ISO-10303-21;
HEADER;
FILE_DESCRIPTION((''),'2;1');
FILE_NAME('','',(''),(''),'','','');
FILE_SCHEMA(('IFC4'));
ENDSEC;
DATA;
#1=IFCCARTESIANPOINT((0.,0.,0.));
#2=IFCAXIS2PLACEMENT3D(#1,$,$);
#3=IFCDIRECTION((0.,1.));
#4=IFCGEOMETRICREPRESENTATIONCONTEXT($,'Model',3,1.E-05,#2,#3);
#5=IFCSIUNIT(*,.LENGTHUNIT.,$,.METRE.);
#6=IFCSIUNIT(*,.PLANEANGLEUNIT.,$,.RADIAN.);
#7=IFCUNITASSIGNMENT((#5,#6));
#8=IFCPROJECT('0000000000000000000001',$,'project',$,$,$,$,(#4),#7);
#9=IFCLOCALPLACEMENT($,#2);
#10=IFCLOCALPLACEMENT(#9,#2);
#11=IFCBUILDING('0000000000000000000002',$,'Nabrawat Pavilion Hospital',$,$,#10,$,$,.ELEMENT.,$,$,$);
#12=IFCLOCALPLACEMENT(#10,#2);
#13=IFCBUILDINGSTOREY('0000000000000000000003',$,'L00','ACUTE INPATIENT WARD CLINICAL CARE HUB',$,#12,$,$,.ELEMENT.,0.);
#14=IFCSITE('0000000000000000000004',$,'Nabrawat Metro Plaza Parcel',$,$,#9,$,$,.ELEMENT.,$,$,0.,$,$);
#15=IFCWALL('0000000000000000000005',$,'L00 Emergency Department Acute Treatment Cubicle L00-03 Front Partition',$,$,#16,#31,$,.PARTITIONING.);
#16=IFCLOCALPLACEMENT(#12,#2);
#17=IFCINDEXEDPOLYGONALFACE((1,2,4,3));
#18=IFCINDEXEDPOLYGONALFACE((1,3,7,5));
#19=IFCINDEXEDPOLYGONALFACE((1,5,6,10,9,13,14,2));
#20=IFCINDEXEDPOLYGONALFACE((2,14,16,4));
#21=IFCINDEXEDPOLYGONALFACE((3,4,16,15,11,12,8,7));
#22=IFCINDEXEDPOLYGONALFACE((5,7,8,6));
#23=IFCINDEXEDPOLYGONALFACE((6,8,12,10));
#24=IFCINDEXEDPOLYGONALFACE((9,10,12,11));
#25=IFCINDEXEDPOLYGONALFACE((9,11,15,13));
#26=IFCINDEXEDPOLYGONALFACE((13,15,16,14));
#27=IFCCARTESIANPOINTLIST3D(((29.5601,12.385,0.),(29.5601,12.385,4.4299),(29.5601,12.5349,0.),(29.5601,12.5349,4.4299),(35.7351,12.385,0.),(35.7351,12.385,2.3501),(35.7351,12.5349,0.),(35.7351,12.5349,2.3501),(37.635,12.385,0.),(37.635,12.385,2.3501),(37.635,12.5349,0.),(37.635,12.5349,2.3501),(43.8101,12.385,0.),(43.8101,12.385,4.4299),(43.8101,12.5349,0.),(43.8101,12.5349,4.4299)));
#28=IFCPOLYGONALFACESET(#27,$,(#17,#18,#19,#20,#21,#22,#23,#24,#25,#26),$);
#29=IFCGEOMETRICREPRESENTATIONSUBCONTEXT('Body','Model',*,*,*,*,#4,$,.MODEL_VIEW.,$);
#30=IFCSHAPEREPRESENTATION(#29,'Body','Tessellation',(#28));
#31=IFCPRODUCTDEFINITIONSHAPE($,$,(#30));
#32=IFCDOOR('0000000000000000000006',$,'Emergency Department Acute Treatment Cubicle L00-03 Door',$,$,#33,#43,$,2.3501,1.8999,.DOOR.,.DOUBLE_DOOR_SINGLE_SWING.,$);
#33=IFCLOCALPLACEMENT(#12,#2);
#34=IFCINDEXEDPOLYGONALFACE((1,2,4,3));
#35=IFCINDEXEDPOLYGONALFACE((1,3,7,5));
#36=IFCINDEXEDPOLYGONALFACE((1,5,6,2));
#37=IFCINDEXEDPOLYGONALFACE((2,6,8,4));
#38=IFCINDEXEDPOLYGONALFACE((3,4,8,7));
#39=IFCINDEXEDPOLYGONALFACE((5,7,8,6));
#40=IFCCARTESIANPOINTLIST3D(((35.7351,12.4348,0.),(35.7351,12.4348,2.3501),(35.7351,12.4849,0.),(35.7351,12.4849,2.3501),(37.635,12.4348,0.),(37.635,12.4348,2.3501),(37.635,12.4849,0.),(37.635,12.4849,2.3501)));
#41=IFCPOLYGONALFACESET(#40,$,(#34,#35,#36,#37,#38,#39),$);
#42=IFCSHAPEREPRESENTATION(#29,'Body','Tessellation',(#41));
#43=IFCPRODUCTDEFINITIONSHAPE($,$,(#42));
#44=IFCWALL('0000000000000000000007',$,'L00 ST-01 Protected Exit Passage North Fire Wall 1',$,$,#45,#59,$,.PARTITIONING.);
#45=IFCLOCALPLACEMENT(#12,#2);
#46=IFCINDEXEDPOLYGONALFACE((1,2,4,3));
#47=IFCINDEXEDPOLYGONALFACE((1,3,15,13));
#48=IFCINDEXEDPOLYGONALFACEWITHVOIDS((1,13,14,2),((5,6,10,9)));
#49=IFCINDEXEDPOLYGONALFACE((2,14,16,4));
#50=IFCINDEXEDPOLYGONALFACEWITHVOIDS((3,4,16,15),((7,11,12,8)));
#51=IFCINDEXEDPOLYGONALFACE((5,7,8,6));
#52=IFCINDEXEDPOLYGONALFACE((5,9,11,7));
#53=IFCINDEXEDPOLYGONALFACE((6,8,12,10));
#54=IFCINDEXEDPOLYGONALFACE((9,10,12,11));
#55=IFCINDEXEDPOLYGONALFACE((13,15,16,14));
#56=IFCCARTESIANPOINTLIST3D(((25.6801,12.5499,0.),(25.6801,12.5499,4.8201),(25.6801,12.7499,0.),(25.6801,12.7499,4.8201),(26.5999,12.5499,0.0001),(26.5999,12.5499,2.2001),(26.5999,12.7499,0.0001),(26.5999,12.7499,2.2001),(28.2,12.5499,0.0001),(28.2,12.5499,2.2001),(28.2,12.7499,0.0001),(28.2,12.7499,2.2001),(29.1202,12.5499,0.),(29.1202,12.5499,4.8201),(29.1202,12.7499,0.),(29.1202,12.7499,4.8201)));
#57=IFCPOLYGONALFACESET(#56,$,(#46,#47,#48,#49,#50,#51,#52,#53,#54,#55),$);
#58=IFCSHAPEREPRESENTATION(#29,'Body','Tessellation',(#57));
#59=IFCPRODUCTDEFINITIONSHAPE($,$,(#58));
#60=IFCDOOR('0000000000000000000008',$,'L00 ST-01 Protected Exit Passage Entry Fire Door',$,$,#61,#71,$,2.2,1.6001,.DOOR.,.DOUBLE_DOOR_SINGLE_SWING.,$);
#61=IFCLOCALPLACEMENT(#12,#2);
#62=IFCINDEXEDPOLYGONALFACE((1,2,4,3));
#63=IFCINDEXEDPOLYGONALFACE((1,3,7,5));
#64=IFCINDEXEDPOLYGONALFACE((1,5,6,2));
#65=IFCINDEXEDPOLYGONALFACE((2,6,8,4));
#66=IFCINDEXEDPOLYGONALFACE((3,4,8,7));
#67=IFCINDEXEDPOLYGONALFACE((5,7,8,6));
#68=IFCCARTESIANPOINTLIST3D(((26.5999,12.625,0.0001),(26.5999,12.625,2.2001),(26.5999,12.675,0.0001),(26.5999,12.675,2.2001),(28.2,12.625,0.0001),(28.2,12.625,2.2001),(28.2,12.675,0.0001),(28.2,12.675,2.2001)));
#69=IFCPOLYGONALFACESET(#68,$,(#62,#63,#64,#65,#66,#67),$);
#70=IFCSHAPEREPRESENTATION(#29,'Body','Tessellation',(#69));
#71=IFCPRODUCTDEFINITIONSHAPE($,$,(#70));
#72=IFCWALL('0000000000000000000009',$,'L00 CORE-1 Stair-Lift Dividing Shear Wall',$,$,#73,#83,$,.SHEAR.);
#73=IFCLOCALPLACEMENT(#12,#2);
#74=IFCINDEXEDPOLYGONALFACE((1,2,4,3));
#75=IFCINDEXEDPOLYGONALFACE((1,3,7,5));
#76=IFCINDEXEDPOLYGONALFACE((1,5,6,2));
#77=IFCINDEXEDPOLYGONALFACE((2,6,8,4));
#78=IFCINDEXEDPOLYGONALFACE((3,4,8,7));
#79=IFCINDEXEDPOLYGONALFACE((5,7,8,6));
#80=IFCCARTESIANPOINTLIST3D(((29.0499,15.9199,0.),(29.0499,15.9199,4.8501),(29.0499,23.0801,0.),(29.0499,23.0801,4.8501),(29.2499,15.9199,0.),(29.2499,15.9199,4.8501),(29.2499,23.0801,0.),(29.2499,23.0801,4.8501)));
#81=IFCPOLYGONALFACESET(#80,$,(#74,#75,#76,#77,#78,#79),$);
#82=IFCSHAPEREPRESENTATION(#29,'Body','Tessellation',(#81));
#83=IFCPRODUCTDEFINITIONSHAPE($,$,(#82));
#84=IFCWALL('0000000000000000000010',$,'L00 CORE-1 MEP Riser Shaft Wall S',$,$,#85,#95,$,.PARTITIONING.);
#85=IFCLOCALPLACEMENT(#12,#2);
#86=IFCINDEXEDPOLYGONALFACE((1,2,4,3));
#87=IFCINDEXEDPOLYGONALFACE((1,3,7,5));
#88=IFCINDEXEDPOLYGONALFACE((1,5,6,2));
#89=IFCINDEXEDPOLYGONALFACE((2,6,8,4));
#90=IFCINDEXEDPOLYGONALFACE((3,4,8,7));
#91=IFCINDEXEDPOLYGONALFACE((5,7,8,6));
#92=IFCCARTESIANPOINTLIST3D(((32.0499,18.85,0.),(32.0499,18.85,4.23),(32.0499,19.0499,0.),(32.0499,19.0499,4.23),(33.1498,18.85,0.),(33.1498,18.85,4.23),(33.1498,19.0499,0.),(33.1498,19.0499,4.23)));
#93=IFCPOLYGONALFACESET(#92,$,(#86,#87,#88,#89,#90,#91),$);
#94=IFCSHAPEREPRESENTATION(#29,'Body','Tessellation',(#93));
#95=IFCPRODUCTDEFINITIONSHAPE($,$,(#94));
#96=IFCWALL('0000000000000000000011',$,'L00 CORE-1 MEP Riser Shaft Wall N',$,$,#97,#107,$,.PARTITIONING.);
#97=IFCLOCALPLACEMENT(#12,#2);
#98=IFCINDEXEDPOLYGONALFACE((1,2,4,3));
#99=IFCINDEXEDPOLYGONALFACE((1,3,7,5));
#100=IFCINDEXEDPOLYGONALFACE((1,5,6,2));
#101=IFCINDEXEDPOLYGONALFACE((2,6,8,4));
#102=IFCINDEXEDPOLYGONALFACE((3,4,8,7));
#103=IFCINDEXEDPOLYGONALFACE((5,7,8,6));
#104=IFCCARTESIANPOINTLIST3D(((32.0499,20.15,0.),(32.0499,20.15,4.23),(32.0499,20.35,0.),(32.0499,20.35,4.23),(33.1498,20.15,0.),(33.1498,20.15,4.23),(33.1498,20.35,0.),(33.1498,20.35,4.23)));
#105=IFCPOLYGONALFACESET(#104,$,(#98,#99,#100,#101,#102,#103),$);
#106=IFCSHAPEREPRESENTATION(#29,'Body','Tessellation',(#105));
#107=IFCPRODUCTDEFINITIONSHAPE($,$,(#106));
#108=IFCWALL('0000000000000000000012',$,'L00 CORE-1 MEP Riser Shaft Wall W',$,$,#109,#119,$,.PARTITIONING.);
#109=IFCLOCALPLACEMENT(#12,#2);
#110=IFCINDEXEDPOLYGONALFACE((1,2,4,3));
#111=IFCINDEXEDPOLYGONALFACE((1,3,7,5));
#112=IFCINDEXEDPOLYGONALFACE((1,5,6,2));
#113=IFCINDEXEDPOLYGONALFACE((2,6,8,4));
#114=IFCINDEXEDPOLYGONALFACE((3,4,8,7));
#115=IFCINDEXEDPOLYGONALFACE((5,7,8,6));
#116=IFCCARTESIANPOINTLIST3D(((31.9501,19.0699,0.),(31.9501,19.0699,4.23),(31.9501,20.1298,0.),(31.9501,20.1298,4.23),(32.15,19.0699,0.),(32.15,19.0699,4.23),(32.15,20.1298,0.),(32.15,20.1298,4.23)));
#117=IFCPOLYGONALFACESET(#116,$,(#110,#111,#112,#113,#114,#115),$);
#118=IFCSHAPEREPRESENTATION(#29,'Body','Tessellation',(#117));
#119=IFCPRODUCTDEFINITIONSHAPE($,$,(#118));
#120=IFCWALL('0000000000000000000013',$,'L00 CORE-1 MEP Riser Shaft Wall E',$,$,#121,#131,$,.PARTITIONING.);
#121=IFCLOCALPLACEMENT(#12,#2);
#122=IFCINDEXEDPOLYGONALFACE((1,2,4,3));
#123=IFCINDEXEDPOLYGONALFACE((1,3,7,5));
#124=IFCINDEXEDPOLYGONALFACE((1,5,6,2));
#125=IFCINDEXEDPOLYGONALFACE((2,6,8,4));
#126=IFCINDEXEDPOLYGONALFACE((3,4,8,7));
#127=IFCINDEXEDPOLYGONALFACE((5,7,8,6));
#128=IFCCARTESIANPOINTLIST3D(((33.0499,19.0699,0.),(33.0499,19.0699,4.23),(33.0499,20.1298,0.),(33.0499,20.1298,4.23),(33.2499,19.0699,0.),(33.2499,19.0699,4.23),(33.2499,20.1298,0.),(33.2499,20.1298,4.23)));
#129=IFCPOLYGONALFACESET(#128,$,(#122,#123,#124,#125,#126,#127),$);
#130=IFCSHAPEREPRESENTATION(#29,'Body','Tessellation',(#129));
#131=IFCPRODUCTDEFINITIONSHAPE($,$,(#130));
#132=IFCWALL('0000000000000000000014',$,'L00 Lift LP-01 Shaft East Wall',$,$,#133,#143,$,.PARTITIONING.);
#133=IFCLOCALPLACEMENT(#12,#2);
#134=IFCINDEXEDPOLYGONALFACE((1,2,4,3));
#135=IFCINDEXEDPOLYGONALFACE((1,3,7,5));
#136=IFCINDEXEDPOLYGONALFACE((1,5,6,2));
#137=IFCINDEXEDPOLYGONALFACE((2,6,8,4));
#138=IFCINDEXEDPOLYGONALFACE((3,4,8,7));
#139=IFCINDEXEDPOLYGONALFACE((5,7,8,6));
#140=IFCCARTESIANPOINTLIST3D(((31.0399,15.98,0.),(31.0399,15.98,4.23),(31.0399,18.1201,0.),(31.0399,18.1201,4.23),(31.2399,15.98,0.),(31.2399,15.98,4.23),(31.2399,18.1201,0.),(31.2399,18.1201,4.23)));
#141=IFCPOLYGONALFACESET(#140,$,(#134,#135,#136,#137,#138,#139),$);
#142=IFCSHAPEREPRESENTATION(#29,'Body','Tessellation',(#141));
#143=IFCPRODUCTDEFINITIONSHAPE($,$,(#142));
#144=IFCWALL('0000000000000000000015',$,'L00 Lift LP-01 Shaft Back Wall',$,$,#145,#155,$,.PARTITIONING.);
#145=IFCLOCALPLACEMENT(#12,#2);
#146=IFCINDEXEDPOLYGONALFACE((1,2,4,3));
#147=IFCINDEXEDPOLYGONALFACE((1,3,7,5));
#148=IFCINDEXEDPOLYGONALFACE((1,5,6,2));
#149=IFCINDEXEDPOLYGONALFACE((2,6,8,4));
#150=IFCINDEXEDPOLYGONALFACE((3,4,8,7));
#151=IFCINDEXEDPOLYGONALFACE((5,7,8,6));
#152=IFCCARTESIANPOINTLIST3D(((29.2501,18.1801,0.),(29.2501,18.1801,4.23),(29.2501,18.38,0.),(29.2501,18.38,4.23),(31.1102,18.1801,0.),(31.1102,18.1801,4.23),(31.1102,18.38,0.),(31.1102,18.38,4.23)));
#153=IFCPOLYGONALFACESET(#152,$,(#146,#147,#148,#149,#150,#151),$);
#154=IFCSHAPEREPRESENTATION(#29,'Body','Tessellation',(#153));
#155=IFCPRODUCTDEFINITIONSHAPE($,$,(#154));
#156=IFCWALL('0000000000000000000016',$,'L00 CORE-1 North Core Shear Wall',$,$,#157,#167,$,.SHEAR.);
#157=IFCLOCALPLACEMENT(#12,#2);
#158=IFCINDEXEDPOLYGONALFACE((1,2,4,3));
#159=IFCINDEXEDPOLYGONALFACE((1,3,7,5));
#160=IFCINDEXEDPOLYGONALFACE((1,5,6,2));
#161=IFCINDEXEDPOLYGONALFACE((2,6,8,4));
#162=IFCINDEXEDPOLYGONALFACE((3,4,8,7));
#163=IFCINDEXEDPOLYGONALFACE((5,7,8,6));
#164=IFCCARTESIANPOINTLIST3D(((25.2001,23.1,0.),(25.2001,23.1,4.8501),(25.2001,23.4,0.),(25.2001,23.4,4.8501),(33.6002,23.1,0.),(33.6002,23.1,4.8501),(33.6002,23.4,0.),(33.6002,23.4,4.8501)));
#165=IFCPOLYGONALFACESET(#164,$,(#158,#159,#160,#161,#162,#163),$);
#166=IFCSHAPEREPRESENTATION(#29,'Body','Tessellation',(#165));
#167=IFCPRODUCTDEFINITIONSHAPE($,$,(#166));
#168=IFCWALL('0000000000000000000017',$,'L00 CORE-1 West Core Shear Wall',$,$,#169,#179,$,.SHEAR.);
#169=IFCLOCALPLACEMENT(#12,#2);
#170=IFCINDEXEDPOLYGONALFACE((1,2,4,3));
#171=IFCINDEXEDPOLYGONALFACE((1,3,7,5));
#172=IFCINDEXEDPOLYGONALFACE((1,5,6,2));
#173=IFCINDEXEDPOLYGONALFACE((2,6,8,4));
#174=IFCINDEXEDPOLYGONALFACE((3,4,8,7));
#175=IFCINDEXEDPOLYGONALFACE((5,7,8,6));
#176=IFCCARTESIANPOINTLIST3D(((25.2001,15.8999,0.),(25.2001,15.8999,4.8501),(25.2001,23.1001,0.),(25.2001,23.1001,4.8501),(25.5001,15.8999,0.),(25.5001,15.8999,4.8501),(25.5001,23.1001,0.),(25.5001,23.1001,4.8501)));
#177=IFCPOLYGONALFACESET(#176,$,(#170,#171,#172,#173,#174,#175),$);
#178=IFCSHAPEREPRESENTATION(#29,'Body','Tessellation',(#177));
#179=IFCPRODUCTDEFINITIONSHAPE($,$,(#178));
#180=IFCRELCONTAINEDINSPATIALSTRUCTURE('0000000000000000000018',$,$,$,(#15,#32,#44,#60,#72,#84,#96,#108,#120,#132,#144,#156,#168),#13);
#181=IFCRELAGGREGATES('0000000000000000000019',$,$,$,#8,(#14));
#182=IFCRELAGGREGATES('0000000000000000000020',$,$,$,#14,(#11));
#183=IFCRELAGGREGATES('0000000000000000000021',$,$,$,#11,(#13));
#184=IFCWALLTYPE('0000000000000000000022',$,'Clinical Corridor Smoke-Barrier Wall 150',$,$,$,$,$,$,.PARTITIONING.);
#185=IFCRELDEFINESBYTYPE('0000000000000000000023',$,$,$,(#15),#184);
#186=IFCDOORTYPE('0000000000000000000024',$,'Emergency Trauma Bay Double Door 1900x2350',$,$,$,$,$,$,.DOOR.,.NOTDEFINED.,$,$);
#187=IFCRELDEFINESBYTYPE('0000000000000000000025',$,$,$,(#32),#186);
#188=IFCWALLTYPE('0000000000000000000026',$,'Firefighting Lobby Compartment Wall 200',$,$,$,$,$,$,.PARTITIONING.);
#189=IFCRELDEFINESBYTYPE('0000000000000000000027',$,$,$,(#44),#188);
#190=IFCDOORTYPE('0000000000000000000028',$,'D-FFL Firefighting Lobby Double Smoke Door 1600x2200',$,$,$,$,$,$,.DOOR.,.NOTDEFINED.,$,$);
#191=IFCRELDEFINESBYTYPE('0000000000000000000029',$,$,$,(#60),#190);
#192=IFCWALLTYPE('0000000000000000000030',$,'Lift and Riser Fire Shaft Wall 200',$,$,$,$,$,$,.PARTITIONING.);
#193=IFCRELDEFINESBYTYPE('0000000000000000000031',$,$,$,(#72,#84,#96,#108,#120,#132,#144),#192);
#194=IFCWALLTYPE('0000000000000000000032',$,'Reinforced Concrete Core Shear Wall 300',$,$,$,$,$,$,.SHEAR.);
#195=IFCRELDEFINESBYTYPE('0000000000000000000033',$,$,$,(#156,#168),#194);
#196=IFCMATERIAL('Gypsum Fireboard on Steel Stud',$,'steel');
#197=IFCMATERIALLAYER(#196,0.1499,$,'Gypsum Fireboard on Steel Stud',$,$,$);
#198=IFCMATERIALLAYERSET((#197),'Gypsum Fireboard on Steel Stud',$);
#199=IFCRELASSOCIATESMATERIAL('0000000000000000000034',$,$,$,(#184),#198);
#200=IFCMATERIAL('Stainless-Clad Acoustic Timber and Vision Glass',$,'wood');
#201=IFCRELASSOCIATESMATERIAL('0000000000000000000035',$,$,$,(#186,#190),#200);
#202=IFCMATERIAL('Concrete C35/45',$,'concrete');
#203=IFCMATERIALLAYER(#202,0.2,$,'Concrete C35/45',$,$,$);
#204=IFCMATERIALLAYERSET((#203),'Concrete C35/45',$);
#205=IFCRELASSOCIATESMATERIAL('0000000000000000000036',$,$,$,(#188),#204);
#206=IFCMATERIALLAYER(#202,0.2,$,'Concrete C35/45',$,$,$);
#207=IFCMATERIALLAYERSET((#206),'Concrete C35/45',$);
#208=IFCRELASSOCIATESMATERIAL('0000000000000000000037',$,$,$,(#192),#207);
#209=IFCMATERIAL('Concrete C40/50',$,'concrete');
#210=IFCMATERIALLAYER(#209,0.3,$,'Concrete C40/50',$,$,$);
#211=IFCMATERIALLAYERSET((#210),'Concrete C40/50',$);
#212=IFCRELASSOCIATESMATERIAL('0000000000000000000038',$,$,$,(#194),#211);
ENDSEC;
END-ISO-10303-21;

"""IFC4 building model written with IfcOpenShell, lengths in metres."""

from ifc_helpers import new_model, si_unit, direction, frame, frame_2d, origin, place, context, subcontext, project, spatial, rectangle, extrude, material, layer, layer_set, type_object, element, fill, save


model = new_model("IFC4")

# Units and contexts
model_context = context("Model", 3, precision=1e-05, world=origin(), true_north=direction((0.0, 1.0)))
body_context = subcontext(model_context, "Body", "Model", "MODEL_VIEW")
ifc_project = project(units=[si_unit("LENGTHUNIT", "METRE"), si_unit("PLANEANGLEUNIT", "RADIAN")], contexts=[model_context])

# Site, building, storey
site_placement = place(None, origin())
site = spatial("IfcSite", under=ifc_project, at=site_placement, Name="Nabrawat Metro Plaza Parcel", CompositionType="ELEMENT", RefElevation=0.0)
building_placement = place(site_placement, origin())
building = spatial("IfcBuilding", under=site, at=building_placement, Name="Nabrawat Pavilion Hospital", CompositionType="ELEMENT")
storey_placement = place(building_placement, origin())
storey = spatial("IfcBuildingStorey", under=building, at=storey_placement, Name="L00", Description="ACUTE INPATIENT WARD CLINICAL CARE HUB", CompositionType="ELEMENT", Elevation=0.0)

# Walls, openings, doors
ifc_material_1 = material(Name="Gypsum Fireboard on Steel Stud", Category="steel")
ifc_layer_1 = layer(ifc_material_1, 0.1499, Name="Gypsum Fireboard on Steel Stud")
ifc_layer_set_1 = layer_set([ifc_layer_1], Name="Gypsum Fireboard on Steel Stud")
wall_type_1 = type_object("IfcWallType", Name="Clinical Corridor Smoke-Barrier Wall 150", PredefinedType="PARTITIONING", material=ifc_layer_set_1)
wall_1_placement = place(storey_placement, frame((29.5601, 12.46, 0.0), z_axis=(0.0, 0.0, 1.0), x_axis=(1.0, 0.0, 0.0)))
wall_1 = element("IfcWall", 1, at=wall_1_placement, inside=storey, type_object=wall_type_1, Name="L00 Emergency Department Acute Treatment Cubicle L00-03 Front Partition", PredefinedType="PARTITIONING", context=body_context, shape_type="SweptSolid", body=[
    extrude(rectangle(XDim=14.25, YDim=0.1499, at=frame_2d((7.125, 0.0))), origin(), (0.0, 0.0, 1.0), 4.4299),
])
opening_1_placement = place(wall_1_placement, frame((6.175, 0.0, 0.0)))
opening_1 = element("IfcOpeningElement", 2, at=opening_1_placement, cuts=wall_1, PredefinedType="OPENING", context=body_context, shape_type="SweptSolid", body=[
    extrude(rectangle(XDim=1.8999, YDim=2.3501, at=frame_2d((0.95, 1.175))), frame((0.0, 0.085, 0.0), z_axis=(0.0, -1.0, 0.0), x_axis=(1.0, 0.0, 0.0)), (0.0, 0.0, 1.0), 0.1699),
])
ifc_material_2 = material(Name="Stainless-Clad Acoustic Timber and Vision Glass", Category="wood")
door_type_1 = type_object("IfcDoorType", Name="Emergency Trauma Bay Double Door 1900x2350", OperationType="NOTDEFINED", PredefinedType="DOOR", material=ifc_material_2)
door_1_placement = place(opening_1_placement, origin())
door_1 = element("IfcDoor", 3, at=door_1_placement, inside=storey, type_object=door_type_1, Name="Emergency Department Acute Treatment Cubicle L00-03 Door", OperationType="DOUBLE_DOOR_SINGLE_SWING", OverallHeight=2.3501, OverallWidth=1.8999, PredefinedType="DOOR", context=body_context, shape_type="SweptSolid", body=[
    extrude(rectangle(XDim=1.8999, YDim=2.3501, at=frame_2d((0.95, 1.175))), frame((0.0, 0.0249, 0.0), z_axis=(0.0, -1.0, 0.0), x_axis=(1.0, 0.0, 0.0)), (0.0, 0.0, 1.0), 0.05),
])
fill(opening_1, door_1)
ifc_material_3 = material(Name="Concrete C35/45", Category="concrete")
ifc_layer_2 = layer(ifc_material_3, 0.2, Name="Concrete C35/45")
ifc_layer_set_2 = layer_set([ifc_layer_2], Name="Concrete C35/45")
wall_type_2 = type_object("IfcWallType", Name="Firefighting Lobby Compartment Wall 200", PredefinedType="PARTITIONING", material=ifc_layer_set_2)
wall_2_placement = place(storey_placement, frame((25.6799, 12.6499, 0.0), z_axis=(0.0, 0.0, 1.0), x_axis=(1.0, 0.0, 0.0)))
wall_2 = element("IfcWall", 4, at=wall_2_placement, inside=storey, type_object=wall_type_2, Name="L00 ST-01 Protected Exit Passage North Fire Wall 1", PredefinedType="PARTITIONING", context=body_context, shape_type="SweptSolid", body=[
    extrude(rectangle(XDim=3.4402, YDim=0.2, at=frame_2d((1.7202, 0.0))), origin(), (0.0, 0.0, 1.0), 4.8201),
])
opening_2_placement = place(wall_2_placement, frame((0.9199, 0.0, 0.0)))
opening_2 = element("IfcOpeningElement", 5, at=opening_2_placement, cuts=wall_2, PredefinedType="OPENING", context=body_context, shape_type="SweptSolid", body=[
    extrude(rectangle(XDim=1.6001, YDim=2.2, at=frame_2d((0.8, 1.1001))), frame((0.0, 0.1099, 0.0), z_axis=(0.0, -1.0, 0.0), x_axis=(1.0, 0.0, 0.0)), (0.0, 0.0, 1.0), 0.22),
])
door_type_2 = type_object("IfcDoorType", Name="D-FFL Firefighting Lobby Double Smoke Door 1600x2200", OperationType="NOTDEFINED", PredefinedType="DOOR", material=ifc_material_2)
door_2_placement = place(opening_2_placement, frame((1.6001, 0.0, 0.0), z_axis=(0.0, 0.0, 1.0), x_axis=(-1.0, 0.0, 0.0)))
door_2 = element("IfcDoor", 6, at=door_2_placement, inside=storey, type_object=door_type_2, Name="L00 ST-01 Protected Exit Passage Entry Fire Door", OperationType="DOUBLE_DOOR_SINGLE_SWING", OverallHeight=2.2, OverallWidth=1.6001, PredefinedType="DOOR", context=body_context, shape_type="SweptSolid", body=[
    extrude(rectangle(XDim=1.6001, YDim=2.2, at=frame_2d((0.8, 1.1001))), frame((0.0, 0.0249, 0.0), z_axis=(0.0, -1.0, 0.0), x_axis=(1.0, 0.0, 0.0)), (0.0, 0.0, 1.0), 0.05),
])
fill(opening_2, door_2)

# Walls
ifc_layer_3 = layer(ifc_material_3, 0.2, Name="Concrete C35/45")
ifc_layer_set_3 = layer_set([ifc_layer_3], Name="Concrete C35/45")
wall_type_3 = type_object("IfcWallType", Name="Lift and Riser Fire Shaft Wall 200", PredefinedType="PARTITIONING", material=ifc_layer_set_3)
wall_3_placement = place(storey_placement, frame((29.1499, 15.9199, 0.0), z_axis=(0.0, 0.0, 1.0), x_axis=(0.0, 1.0, 0.0)))
element("IfcWall", 7, at=wall_3_placement, inside=storey, type_object=wall_type_3, Name="L00 CORE-1 Stair-Lift Dividing Shear Wall", PredefinedType="SHEAR", context=body_context, shape_type="SweptSolid", body=[
    extrude(rectangle(XDim=7.1602, YDim=0.2, at=frame_2d((3.5801, 0.0))), origin(), (0.0, 0.0, 1.0), 4.8501),
])
for number, where, z_axis, x_axis, name in (
    (8, (32.05, 18.95, 0.0), (0.0, 0.0, 1.0), (1.0, 0.0, 0.0), "L00 CORE-1 MEP Riser Shaft Wall S"),
    (9, (32.05, 20.25, 0.0), (0.0, 0.0, 1.0), (1.0, 0.0, 0.0), "L00 CORE-1 MEP Riser Shaft Wall N"),
):
    element("IfcWall", number, at=place(storey_placement, frame(where, z_axis=z_axis, x_axis=x_axis)), inside=storey, type_object=wall_type_3, Name=name, PredefinedType="PARTITIONING", context=body_context, shape_type="SweptSolid", body=[
        extrude(rectangle(XDim=1.0999, YDim=0.2, at=frame_2d((0.5498, 0.0))), origin(), (0.0, 0.0, 1.0), 4.23),
    ])
for number, where, z_axis, x_axis, name in (
    (10, (32.05, 19.0701, 0.0), (0.0, 0.0, 1.0), (0.0, 1.0, 0.0), "L00 CORE-1 MEP Riser Shaft Wall W"),
    (11, (33.1499, 19.0701, 0.0), (0.0, 0.0, 1.0), (0.0, 1.0, 0.0), "L00 CORE-1 MEP Riser Shaft Wall E"),
):
    element("IfcWall", number, at=place(storey_placement, frame(where, z_axis=z_axis, x_axis=x_axis)), inside=storey, type_object=wall_type_3, Name=name, PredefinedType="PARTITIONING", context=body_context, shape_type="SweptSolid", body=[
        extrude(rectangle(XDim=1.0598, YDim=0.2, at=frame_2d((0.5298, 0.0))), origin(), (0.0, 0.0, 1.0), 4.23),
    ])
wall_4_placement = place(storey_placement, frame((31.1399, 15.98, 0.0), z_axis=(0.0, 0.0, 1.0), x_axis=(0.0, 1.0, 0.0)))
element("IfcWall", 12, at=wall_4_placement, inside=storey, type_object=wall_type_3, Name="L00 Lift LP-01 Shaft East Wall", PredefinedType="PARTITIONING", context=body_context, shape_type="SweptSolid", body=[
    extrude(rectangle(XDim=2.1401, YDim=0.2, at=frame_2d((1.0701, 0.0))), origin(), (0.0, 0.0, 1.0), 4.23),
])
wall_5_placement = place(storey_placement, frame((29.25, 18.28, 0.0), z_axis=(0.0, 0.0, 1.0), x_axis=(1.0, 0.0, 0.0)))
element("IfcWall", 13, at=wall_5_placement, inside=storey, type_object=wall_type_3, Name="L00 Lift LP-01 Shaft Back Wall", PredefinedType="PARTITIONING", context=body_context, shape_type="SweptSolid", body=[
    extrude(rectangle(XDim=1.8601, YDim=0.2, at=frame_2d((0.9302, 0.0))), origin(), (0.0, 0.0, 1.0), 4.23),
])

# Shared definitions
ifc_material_4 = material(Name="Concrete C40/50", Category="concrete")
ifc_layer_4 = layer(ifc_material_4, 0.3, Name="Concrete C40/50")
ifc_layer_set_4 = layer_set([ifc_layer_4], Name="Concrete C40/50")
wall_type_4 = type_object("IfcWallType", Name="Reinforced Concrete Core Shear Wall 300", PredefinedType="SHEAR", material=ifc_layer_set_4)

# Walls
wall_6_placement = place(storey_placement, frame((25.2, 23.25, 0.0), z_axis=(0.0, 0.0, 1.0), x_axis=(1.0, 0.0, 0.0)))
element("IfcWall", 14, at=wall_6_placement, inside=storey, type_object=wall_type_4, Name="L00 CORE-1 North Core Shear Wall", PredefinedType="SHEAR", context=body_context, shape_type="SweptSolid", body=[
    extrude(rectangle(XDim=8.4001, YDim=0.3, at=frame_2d((4.2002, 0.0))), origin(), (0.0, 0.0, 1.0), 4.8501),
])
for number, where, z_axis, x_axis, name in (
    (15, (25.3501, 15.8999, 0.0), (0.0, 0.0, 1.0), (0.0, 1.0, 0.0), "L00 CORE-1 West Core Shear Wall"),
):
    element("IfcWall", number, at=place(storey_placement, frame(where, z_axis=z_axis, x_axis=x_axis)), inside=storey, type_object=wall_type_4, Name=name, PredefinedType="SHEAR", context=body_context, shape_type="SweptSolid", body=[
        extrude(rectangle(XDim=7.2002, YDim=0.3, at=frame_2d((3.6001, 0.0))), origin(), (0.0, 0.0, 1.0), 4.8501),
    ])

save(model, "model.ifc")
